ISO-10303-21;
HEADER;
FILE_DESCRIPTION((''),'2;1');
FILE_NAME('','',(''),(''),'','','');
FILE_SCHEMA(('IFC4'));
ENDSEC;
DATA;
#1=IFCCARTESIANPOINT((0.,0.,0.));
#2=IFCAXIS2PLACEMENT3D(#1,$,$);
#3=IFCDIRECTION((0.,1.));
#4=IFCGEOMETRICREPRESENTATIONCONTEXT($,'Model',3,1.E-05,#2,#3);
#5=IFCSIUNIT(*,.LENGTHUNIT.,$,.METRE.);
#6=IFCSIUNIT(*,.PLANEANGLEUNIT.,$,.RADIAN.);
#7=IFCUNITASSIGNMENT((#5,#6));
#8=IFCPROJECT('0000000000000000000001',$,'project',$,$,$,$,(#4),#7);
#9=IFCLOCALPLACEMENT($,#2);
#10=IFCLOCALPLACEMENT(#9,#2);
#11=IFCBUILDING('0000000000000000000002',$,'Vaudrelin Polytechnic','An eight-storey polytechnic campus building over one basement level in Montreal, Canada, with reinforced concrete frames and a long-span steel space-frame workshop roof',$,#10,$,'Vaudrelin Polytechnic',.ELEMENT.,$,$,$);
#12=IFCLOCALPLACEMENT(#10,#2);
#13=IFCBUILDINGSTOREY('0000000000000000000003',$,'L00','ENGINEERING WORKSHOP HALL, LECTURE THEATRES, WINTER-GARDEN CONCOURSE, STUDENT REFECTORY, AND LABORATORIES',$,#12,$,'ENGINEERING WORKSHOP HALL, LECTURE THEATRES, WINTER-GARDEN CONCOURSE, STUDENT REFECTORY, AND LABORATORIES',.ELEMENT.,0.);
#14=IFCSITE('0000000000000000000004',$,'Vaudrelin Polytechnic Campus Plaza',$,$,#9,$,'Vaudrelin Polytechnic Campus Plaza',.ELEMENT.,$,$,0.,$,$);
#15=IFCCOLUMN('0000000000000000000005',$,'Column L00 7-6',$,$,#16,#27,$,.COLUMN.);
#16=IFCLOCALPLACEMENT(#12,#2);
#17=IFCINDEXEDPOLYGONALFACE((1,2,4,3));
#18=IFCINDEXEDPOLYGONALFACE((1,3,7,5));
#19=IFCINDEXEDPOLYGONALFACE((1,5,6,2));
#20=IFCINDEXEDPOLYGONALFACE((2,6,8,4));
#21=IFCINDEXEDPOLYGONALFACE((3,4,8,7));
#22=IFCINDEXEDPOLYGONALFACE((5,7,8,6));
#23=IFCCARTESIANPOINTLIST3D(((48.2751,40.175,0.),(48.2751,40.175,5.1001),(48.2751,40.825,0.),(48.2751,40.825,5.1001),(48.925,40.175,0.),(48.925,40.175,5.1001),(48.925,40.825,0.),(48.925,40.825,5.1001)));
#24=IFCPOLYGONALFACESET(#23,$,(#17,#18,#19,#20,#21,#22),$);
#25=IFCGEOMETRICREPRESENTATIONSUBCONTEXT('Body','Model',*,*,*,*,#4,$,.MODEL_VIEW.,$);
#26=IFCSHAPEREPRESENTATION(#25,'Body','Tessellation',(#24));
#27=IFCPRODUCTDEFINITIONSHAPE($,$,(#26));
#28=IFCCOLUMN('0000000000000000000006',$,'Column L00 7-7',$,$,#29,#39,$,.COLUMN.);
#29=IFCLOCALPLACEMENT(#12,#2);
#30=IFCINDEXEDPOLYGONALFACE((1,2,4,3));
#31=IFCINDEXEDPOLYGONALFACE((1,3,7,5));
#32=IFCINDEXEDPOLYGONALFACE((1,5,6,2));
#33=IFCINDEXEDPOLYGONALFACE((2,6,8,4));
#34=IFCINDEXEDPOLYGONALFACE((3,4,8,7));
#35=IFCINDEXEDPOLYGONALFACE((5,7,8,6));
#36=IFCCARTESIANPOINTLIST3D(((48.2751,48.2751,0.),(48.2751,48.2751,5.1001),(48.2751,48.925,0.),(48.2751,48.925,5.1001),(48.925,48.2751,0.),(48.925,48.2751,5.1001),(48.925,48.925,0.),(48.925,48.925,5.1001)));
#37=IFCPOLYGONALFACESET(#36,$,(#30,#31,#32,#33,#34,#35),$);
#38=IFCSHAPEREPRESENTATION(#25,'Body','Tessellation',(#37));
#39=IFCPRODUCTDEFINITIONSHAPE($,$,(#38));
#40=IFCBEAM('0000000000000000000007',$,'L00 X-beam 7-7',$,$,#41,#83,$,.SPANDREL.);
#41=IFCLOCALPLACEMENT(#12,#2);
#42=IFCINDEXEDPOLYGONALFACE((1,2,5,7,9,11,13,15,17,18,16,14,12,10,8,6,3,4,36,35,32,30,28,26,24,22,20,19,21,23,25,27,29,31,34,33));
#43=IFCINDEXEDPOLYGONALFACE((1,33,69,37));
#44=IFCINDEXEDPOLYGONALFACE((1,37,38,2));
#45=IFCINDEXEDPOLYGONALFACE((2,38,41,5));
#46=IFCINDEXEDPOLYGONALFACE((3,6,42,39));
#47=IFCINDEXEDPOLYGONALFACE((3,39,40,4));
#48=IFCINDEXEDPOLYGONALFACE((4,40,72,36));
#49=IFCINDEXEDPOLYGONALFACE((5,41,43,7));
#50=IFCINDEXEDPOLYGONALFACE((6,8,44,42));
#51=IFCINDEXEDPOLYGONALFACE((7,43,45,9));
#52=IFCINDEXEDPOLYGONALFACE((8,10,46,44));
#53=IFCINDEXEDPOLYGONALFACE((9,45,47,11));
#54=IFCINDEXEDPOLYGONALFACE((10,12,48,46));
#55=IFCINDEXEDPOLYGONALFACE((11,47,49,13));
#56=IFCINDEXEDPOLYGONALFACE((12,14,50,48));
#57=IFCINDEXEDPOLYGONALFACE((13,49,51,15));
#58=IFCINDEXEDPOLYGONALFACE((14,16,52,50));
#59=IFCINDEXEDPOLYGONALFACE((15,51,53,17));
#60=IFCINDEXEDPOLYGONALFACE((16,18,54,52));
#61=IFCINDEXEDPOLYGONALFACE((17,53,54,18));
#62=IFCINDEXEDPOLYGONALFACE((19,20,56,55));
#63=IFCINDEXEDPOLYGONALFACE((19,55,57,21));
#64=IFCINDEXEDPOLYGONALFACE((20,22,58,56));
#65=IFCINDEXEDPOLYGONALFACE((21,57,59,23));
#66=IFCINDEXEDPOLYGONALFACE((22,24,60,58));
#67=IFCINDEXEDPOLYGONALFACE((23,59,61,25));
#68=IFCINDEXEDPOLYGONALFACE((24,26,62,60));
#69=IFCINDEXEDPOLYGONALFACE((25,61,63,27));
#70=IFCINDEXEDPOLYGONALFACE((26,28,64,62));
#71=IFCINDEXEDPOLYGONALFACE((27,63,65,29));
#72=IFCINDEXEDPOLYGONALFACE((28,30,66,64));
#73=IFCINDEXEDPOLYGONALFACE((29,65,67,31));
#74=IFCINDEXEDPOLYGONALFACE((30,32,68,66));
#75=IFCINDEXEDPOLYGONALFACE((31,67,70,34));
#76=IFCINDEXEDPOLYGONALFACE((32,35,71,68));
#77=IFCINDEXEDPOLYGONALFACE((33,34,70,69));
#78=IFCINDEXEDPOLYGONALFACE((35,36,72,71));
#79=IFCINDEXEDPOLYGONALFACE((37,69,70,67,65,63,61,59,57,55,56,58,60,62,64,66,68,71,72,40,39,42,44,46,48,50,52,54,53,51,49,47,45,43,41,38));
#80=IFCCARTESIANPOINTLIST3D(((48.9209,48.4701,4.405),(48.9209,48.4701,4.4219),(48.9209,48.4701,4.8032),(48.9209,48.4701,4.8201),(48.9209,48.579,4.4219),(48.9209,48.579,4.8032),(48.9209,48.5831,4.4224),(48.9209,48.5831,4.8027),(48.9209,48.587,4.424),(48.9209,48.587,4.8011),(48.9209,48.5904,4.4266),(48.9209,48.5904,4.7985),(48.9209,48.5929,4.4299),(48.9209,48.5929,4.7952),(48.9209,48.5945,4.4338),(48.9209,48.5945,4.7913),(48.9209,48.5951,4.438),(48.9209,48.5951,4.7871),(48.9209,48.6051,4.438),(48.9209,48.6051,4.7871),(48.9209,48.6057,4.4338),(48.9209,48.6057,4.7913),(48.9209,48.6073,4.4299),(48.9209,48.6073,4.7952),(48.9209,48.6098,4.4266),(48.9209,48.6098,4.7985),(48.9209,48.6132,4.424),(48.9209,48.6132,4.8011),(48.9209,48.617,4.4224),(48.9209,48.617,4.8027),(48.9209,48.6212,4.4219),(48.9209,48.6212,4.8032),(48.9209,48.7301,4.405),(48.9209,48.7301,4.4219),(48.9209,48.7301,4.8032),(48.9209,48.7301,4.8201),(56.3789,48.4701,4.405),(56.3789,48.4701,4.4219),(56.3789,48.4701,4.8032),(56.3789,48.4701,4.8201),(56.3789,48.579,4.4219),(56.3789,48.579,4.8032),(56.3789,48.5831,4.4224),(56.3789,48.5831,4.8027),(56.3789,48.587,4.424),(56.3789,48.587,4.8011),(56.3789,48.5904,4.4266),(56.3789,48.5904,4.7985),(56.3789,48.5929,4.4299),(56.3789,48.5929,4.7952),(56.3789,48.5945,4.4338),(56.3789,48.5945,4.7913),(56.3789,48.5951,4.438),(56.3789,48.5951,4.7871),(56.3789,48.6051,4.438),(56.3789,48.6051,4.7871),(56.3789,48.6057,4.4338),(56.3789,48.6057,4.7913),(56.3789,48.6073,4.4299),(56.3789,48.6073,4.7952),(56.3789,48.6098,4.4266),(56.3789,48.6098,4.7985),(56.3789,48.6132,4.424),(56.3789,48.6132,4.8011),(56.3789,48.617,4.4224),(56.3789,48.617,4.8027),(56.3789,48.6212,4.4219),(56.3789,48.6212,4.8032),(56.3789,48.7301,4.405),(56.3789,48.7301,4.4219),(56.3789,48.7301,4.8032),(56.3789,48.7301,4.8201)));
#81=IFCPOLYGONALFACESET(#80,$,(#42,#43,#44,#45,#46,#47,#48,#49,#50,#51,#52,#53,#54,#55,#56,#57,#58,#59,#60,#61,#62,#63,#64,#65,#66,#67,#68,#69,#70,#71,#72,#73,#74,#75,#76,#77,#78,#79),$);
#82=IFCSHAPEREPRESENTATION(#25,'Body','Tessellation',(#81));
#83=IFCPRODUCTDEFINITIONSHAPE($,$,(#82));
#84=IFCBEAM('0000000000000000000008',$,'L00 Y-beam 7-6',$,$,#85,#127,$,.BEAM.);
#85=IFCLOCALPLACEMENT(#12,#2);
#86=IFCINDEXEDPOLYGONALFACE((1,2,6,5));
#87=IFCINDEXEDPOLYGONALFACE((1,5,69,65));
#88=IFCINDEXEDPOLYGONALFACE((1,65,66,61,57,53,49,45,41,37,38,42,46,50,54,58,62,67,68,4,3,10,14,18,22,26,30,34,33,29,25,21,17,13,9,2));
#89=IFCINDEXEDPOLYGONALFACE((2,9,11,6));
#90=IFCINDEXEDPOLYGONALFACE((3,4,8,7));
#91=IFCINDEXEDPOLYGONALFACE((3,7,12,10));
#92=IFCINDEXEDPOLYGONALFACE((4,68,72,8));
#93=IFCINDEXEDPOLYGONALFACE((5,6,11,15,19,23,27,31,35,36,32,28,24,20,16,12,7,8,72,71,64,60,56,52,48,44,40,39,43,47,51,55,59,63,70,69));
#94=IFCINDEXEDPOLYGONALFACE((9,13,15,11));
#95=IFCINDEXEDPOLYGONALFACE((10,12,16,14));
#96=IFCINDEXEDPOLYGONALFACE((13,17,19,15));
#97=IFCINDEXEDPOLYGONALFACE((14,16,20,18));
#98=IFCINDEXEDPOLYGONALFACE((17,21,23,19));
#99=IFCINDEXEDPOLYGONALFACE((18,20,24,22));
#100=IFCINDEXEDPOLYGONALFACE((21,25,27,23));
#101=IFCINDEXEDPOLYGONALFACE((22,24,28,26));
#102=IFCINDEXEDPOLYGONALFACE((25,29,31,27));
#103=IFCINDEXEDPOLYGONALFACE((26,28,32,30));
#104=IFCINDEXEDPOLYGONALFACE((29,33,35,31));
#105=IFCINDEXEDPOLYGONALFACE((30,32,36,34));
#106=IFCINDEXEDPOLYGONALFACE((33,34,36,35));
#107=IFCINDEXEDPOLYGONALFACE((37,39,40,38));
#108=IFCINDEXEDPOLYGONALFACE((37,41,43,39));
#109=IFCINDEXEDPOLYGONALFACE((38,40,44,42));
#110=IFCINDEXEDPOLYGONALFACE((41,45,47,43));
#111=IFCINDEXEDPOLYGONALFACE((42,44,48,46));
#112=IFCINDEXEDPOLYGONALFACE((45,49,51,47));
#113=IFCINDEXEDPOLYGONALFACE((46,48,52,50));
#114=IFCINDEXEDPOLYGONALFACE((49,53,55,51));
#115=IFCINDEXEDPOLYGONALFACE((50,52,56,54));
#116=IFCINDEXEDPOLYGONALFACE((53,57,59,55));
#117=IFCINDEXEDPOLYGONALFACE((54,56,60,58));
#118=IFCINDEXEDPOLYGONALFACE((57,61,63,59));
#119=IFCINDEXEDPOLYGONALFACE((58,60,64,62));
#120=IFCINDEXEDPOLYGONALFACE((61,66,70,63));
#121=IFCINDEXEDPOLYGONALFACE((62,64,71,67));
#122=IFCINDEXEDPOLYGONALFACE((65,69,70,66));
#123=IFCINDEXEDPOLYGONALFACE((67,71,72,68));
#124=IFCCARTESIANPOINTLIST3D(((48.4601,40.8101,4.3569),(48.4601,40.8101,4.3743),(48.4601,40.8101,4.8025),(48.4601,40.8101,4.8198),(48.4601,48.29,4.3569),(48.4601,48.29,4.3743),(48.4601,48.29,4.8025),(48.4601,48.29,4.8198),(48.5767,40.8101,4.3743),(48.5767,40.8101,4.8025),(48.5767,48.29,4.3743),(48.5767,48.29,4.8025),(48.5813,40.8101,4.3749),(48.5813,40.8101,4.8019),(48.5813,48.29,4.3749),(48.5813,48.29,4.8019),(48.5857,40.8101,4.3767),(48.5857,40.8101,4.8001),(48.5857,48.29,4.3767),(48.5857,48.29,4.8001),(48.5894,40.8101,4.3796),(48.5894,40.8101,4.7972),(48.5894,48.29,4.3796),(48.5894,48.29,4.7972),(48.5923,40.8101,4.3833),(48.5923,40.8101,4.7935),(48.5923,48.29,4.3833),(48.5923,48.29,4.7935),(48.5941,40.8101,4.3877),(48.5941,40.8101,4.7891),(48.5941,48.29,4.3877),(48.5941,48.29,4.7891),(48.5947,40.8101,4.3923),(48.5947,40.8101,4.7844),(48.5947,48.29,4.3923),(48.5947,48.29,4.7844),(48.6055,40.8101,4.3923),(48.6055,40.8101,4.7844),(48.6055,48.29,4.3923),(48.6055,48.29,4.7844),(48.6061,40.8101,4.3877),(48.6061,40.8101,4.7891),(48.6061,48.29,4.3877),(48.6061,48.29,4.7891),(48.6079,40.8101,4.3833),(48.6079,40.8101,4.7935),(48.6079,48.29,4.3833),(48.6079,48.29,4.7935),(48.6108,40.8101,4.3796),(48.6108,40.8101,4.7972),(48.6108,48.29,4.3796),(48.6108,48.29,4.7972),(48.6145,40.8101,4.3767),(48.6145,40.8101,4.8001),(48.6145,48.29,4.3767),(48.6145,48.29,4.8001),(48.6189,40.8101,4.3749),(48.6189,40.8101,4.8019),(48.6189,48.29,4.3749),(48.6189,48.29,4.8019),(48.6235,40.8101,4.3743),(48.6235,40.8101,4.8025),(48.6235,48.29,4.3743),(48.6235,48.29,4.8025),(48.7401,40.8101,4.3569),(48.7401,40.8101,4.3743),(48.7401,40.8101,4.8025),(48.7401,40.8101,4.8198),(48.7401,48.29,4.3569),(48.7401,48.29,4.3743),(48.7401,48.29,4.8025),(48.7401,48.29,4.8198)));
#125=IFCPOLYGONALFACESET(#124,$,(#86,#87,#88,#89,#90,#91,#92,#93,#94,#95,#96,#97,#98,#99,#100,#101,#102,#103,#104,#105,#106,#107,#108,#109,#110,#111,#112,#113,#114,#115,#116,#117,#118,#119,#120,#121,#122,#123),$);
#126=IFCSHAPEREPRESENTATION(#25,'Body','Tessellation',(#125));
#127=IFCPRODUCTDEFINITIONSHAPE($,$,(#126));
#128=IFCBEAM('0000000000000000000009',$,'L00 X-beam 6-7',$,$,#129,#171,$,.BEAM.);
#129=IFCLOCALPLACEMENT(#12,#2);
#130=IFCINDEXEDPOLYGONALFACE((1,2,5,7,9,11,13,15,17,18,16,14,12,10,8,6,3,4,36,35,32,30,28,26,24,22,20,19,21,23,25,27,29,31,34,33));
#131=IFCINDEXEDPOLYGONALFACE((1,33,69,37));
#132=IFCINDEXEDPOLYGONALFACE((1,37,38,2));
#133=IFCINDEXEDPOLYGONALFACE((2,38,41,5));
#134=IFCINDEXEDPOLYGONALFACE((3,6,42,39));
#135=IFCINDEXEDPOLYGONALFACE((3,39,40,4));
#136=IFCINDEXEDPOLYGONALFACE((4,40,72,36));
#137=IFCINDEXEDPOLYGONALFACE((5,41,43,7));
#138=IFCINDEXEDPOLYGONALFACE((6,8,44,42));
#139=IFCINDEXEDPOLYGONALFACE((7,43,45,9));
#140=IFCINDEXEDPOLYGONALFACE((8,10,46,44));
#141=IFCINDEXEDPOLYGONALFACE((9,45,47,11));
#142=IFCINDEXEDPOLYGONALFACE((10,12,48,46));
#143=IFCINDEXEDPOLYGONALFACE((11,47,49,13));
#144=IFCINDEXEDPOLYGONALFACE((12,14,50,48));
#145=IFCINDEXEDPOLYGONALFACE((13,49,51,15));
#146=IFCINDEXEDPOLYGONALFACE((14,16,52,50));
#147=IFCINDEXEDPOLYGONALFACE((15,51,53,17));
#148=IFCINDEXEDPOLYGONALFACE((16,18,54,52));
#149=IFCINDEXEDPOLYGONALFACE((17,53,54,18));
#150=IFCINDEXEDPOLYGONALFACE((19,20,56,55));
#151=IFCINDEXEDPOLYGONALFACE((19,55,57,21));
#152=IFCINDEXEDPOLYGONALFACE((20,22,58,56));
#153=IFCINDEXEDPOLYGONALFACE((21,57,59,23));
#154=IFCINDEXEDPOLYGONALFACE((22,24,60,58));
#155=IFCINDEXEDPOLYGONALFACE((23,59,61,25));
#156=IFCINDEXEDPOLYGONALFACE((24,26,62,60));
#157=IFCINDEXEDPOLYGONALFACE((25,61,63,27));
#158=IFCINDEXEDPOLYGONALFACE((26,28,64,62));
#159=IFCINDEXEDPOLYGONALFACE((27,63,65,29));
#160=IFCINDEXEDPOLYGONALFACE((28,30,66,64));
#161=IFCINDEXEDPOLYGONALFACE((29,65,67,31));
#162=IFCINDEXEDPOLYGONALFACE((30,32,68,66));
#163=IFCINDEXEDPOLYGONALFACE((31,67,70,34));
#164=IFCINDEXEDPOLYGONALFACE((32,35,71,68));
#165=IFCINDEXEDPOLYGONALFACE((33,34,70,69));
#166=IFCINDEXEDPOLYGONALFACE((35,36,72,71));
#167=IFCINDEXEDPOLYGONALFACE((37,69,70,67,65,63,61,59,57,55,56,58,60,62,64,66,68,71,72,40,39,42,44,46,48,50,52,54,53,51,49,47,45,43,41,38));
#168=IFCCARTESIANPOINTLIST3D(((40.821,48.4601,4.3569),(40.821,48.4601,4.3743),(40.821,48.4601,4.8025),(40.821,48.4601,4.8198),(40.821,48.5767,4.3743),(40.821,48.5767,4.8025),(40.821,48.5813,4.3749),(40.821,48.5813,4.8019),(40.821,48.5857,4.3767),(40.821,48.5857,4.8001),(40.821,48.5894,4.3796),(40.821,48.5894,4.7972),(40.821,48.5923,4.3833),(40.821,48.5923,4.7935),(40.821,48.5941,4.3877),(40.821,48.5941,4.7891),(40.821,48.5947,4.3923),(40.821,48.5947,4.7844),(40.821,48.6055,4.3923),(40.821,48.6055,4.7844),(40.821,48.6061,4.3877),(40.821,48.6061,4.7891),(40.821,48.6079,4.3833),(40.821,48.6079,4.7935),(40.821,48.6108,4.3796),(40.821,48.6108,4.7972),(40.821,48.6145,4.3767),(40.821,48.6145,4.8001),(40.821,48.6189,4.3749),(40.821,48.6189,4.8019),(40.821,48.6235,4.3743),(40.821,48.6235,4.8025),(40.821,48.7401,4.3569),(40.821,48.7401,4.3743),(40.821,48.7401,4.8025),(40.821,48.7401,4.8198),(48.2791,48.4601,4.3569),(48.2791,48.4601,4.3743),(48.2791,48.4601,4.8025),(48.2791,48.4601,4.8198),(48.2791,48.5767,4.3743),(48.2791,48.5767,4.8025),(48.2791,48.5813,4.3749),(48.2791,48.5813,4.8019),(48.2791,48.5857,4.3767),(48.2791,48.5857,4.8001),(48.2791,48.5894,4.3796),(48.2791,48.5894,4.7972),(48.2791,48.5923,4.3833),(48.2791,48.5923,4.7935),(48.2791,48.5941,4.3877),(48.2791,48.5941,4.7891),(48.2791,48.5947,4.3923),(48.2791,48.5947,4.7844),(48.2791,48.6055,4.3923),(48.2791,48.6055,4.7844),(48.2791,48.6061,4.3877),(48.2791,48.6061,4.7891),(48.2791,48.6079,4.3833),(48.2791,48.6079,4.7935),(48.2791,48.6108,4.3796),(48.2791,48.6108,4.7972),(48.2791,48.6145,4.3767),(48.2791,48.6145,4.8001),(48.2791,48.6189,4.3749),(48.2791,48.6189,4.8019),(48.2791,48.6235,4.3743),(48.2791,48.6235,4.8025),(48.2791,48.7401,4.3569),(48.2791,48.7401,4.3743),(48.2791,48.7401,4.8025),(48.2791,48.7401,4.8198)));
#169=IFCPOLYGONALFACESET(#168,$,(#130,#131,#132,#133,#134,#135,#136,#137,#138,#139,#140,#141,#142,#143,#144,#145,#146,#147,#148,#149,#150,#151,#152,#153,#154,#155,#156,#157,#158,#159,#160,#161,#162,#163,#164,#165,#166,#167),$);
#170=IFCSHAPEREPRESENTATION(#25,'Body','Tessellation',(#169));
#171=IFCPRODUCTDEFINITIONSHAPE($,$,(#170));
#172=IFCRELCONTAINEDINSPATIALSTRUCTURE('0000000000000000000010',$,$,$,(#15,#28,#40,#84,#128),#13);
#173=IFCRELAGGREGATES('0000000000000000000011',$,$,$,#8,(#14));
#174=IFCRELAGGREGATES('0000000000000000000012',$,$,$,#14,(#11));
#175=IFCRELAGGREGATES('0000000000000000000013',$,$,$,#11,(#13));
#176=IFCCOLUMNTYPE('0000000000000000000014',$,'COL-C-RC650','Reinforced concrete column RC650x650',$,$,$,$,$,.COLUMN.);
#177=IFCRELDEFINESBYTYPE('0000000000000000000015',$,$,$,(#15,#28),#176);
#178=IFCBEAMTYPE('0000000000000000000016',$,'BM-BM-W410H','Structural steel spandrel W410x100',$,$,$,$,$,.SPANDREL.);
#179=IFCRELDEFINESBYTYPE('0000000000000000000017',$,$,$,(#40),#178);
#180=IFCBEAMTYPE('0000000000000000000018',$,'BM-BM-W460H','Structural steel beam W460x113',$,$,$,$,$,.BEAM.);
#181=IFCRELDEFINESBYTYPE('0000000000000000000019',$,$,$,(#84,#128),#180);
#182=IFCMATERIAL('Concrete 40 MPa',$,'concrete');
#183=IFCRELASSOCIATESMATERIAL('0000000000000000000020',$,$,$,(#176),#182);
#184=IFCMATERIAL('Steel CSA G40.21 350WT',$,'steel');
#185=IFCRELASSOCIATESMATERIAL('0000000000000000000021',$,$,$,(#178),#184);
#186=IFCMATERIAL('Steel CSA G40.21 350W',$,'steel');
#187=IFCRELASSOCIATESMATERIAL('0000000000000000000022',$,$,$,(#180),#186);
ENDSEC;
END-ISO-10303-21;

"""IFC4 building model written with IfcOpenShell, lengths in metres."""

from ifc_helpers import new_model, si_unit, direction, frame, origin, origin_2d, place, context, subcontext, project, spatial, rectangle, i_section, extrude, material, material_profile, profile_set, type_object, element, save


model = new_model("IFC4")

# Units and contexts
model_context = context("Model", 3, precision=1e-05, world=origin(), true_north=direction((0.0, 1.0)))
body_context = subcontext(model_context, "Body", "Model", "MODEL_VIEW")
ifc_project = project(units=[si_unit("LENGTHUNIT", "METRE"), si_unit("PLANEANGLEUNIT", "RADIAN")], contexts=[model_context])

# Site, building, storey
site_placement = place(None, origin())
site = spatial("IfcSite", under=ifc_project, at=site_placement, Name="Vaudrelin Polytechnic Campus Plaza", LongName="Vaudrelin Polytechnic Campus Plaza", CompositionType="ELEMENT", RefElevation=0.0)
building_placement = place(site_placement, origin())
building = spatial("IfcBuilding", under=site, at=building_placement, Name="Vaudrelin Polytechnic", Description="An eight-storey polytechnic campus building over one basement level in Montreal, Canada, with reinforced concrete frames and a long-span steel space-frame workshop roof", LongName="Vaudrelin Polytechnic", CompositionType="ELEMENT")
storey_placement = place(building_placement, origin())
storey = spatial("IfcBuildingStorey", under=building, at=storey_placement, Name="L00", Description="ENGINEERING WORKSHOP HALL, LECTURE THEATRES, WINTER-GARDEN CONCOURSE, STUDENT REFECTORY, AND LABORATORIES", LongName="ENGINEERING WORKSHOP HALL, LECTURE THEATRES, WINTER-GARDEN CONCOURSE, STUDENT REFECTORY, AND LABORATORIES", CompositionType="ELEMENT", Elevation=0.0)

# Columns
ifc_material_1 = material(Name="Concrete 40 MPa", Category="concrete")
ifc_material_profile_1 = material_profile(ifc_material_1, rectangle(XDim=0.6499, YDim=0.6499, at=origin_2d()), Name="RC650x650")
ifc_profile_set_1 = profile_set([ifc_material_profile_1], Name="Concrete 40 MPa")
column_type = type_object("IfcColumnType", Name="COL-C-RC650", Description="Reinforced concrete column RC650x650", PredefinedType="COLUMN", material=ifc_profile_set_1)
for number, where, z_axis, x_axis, name in (
    (1, (48.6001, 40.5, 0.0), (0.0, 0.0, 1.0), (1.0, 0.0, 0.0), "Column L00 7-6"),
    (2, (48.6001, 48.6001, 0.0), (0.0, 0.0, 1.0), (1.0, 0.0, 0.0), "Column L00 7-7"),
):
    element("IfcColumn", number, at=place(storey_placement, frame(where, z_axis=z_axis, x_axis=x_axis)), inside=storey, type_object=column_type, Name=name, PredefinedType="COLUMN", context=body_context, shape_type="SweptSolid", body=[
        extrude(rectangle(XDim=0.6499, YDim=0.6499, at=origin_2d()), origin(), (0.0, 0.0, 1.0), 5.1001),
    ])

# Beams
ifc_material_2 = material(Name="Steel CSA G40.21 350WT", Category="steel")
ifc_material_profile_2 = material_profile(ifc_material_2, i_section(OverallWidth=0.26, OverallDepth=0.415, WebThickness=0.01, FlangeThickness=0.0168, FilletRadius=0.0161, at=origin_2d()), Name="W410x100")
ifc_profile_set_2 = profile_set([ifc_material_profile_2], Name="Steel CSA G40.21 350WT")
beam_type_1 = type_object("IfcBeamType", Name="BM-BM-W410H", Description="Structural steel spandrel W410x100", PredefinedType="SPANDREL", material=ifc_profile_set_2)
beam_1_placement = place(storey_placement, frame((48.9209, 48.6001, 4.6125), z_axis=(1.0, 0.0, 0.0), x_axis=(0.0, 1.0, 0.0)))
element("IfcBeam", 3, at=beam_1_placement, inside=storey, type_object=beam_type_1, Name="L00 X-beam 7-7", PredefinedType="SPANDREL", context=body_context, shape_type="SweptSolid", body=[
    extrude(i_section(OverallWidth=0.26, OverallDepth=0.415, WebThickness=0.01, FlangeThickness=0.0168, FilletRadius=0.0161, at=origin_2d()), origin(), (0.0, 0.0, 1.0), 7.458),
])
ifc_material_3 = material(Name="Steel CSA G40.21 350W", Category="steel")
ifc_material_profile_3 = material_profile(ifc_material_3, i_section(OverallWidth=0.28, OverallDepth=0.4629, WebThickness=0.0107, FlangeThickness=0.0173, FilletRadius=0.0181, at=origin_2d()), Name="W460x113")
ifc_profile_set_3 = profile_set([ifc_material_profile_3], Name="Steel CSA G40.21 350W")
beam_type_2 = type_object("IfcBeamType", Name="BM-BM-W460H", Description="Structural steel beam W460x113", PredefinedType="BEAM", material=ifc_profile_set_3)
beam_2_placement = place(storey_placement, frame((48.6001, 40.8101, 4.5884), z_axis=(0.0, 1.0, 0.0), x_axis=(-1.0, 0.0, 0.0)))
element("IfcBeam", 4, at=beam_2_placement, inside=storey, type_object=beam_type_2, Name="L00 Y-beam 7-6", PredefinedType="BEAM", context=body_context, shape_type="SweptSolid", body=[
    extrude(i_section(OverallWidth=0.28, OverallDepth=0.4629, WebThickness=0.0107, FlangeThickness=0.0173, FilletRadius=0.0181, at=origin_2d()), origin(), (0.0, 0.0, 1.0), 7.48),
])
for number, where, z_axis, x_axis, name in (
    (5, (40.821, 48.6001, 4.5884), (1.0, 0.0, 0.0), (0.0, 1.0, 0.0), "L00 X-beam 6-7"),
):
    element("IfcBeam", number, at=place(storey_placement, frame(where, z_axis=z_axis, x_axis=x_axis)), inside=storey, type_object=beam_type_2, Name=name, PredefinedType="BEAM", context=body_context, shape_type="SweptSolid", body=[
        extrude(i_section(OverallWidth=0.28, OverallDepth=0.4629, WebThickness=0.0107, FlangeThickness=0.0173, FilletRadius=0.0181, at=origin_2d()), origin(), (0.0, 0.0, 1.0), 7.458),
    ])

save(model, "model.ifc")
